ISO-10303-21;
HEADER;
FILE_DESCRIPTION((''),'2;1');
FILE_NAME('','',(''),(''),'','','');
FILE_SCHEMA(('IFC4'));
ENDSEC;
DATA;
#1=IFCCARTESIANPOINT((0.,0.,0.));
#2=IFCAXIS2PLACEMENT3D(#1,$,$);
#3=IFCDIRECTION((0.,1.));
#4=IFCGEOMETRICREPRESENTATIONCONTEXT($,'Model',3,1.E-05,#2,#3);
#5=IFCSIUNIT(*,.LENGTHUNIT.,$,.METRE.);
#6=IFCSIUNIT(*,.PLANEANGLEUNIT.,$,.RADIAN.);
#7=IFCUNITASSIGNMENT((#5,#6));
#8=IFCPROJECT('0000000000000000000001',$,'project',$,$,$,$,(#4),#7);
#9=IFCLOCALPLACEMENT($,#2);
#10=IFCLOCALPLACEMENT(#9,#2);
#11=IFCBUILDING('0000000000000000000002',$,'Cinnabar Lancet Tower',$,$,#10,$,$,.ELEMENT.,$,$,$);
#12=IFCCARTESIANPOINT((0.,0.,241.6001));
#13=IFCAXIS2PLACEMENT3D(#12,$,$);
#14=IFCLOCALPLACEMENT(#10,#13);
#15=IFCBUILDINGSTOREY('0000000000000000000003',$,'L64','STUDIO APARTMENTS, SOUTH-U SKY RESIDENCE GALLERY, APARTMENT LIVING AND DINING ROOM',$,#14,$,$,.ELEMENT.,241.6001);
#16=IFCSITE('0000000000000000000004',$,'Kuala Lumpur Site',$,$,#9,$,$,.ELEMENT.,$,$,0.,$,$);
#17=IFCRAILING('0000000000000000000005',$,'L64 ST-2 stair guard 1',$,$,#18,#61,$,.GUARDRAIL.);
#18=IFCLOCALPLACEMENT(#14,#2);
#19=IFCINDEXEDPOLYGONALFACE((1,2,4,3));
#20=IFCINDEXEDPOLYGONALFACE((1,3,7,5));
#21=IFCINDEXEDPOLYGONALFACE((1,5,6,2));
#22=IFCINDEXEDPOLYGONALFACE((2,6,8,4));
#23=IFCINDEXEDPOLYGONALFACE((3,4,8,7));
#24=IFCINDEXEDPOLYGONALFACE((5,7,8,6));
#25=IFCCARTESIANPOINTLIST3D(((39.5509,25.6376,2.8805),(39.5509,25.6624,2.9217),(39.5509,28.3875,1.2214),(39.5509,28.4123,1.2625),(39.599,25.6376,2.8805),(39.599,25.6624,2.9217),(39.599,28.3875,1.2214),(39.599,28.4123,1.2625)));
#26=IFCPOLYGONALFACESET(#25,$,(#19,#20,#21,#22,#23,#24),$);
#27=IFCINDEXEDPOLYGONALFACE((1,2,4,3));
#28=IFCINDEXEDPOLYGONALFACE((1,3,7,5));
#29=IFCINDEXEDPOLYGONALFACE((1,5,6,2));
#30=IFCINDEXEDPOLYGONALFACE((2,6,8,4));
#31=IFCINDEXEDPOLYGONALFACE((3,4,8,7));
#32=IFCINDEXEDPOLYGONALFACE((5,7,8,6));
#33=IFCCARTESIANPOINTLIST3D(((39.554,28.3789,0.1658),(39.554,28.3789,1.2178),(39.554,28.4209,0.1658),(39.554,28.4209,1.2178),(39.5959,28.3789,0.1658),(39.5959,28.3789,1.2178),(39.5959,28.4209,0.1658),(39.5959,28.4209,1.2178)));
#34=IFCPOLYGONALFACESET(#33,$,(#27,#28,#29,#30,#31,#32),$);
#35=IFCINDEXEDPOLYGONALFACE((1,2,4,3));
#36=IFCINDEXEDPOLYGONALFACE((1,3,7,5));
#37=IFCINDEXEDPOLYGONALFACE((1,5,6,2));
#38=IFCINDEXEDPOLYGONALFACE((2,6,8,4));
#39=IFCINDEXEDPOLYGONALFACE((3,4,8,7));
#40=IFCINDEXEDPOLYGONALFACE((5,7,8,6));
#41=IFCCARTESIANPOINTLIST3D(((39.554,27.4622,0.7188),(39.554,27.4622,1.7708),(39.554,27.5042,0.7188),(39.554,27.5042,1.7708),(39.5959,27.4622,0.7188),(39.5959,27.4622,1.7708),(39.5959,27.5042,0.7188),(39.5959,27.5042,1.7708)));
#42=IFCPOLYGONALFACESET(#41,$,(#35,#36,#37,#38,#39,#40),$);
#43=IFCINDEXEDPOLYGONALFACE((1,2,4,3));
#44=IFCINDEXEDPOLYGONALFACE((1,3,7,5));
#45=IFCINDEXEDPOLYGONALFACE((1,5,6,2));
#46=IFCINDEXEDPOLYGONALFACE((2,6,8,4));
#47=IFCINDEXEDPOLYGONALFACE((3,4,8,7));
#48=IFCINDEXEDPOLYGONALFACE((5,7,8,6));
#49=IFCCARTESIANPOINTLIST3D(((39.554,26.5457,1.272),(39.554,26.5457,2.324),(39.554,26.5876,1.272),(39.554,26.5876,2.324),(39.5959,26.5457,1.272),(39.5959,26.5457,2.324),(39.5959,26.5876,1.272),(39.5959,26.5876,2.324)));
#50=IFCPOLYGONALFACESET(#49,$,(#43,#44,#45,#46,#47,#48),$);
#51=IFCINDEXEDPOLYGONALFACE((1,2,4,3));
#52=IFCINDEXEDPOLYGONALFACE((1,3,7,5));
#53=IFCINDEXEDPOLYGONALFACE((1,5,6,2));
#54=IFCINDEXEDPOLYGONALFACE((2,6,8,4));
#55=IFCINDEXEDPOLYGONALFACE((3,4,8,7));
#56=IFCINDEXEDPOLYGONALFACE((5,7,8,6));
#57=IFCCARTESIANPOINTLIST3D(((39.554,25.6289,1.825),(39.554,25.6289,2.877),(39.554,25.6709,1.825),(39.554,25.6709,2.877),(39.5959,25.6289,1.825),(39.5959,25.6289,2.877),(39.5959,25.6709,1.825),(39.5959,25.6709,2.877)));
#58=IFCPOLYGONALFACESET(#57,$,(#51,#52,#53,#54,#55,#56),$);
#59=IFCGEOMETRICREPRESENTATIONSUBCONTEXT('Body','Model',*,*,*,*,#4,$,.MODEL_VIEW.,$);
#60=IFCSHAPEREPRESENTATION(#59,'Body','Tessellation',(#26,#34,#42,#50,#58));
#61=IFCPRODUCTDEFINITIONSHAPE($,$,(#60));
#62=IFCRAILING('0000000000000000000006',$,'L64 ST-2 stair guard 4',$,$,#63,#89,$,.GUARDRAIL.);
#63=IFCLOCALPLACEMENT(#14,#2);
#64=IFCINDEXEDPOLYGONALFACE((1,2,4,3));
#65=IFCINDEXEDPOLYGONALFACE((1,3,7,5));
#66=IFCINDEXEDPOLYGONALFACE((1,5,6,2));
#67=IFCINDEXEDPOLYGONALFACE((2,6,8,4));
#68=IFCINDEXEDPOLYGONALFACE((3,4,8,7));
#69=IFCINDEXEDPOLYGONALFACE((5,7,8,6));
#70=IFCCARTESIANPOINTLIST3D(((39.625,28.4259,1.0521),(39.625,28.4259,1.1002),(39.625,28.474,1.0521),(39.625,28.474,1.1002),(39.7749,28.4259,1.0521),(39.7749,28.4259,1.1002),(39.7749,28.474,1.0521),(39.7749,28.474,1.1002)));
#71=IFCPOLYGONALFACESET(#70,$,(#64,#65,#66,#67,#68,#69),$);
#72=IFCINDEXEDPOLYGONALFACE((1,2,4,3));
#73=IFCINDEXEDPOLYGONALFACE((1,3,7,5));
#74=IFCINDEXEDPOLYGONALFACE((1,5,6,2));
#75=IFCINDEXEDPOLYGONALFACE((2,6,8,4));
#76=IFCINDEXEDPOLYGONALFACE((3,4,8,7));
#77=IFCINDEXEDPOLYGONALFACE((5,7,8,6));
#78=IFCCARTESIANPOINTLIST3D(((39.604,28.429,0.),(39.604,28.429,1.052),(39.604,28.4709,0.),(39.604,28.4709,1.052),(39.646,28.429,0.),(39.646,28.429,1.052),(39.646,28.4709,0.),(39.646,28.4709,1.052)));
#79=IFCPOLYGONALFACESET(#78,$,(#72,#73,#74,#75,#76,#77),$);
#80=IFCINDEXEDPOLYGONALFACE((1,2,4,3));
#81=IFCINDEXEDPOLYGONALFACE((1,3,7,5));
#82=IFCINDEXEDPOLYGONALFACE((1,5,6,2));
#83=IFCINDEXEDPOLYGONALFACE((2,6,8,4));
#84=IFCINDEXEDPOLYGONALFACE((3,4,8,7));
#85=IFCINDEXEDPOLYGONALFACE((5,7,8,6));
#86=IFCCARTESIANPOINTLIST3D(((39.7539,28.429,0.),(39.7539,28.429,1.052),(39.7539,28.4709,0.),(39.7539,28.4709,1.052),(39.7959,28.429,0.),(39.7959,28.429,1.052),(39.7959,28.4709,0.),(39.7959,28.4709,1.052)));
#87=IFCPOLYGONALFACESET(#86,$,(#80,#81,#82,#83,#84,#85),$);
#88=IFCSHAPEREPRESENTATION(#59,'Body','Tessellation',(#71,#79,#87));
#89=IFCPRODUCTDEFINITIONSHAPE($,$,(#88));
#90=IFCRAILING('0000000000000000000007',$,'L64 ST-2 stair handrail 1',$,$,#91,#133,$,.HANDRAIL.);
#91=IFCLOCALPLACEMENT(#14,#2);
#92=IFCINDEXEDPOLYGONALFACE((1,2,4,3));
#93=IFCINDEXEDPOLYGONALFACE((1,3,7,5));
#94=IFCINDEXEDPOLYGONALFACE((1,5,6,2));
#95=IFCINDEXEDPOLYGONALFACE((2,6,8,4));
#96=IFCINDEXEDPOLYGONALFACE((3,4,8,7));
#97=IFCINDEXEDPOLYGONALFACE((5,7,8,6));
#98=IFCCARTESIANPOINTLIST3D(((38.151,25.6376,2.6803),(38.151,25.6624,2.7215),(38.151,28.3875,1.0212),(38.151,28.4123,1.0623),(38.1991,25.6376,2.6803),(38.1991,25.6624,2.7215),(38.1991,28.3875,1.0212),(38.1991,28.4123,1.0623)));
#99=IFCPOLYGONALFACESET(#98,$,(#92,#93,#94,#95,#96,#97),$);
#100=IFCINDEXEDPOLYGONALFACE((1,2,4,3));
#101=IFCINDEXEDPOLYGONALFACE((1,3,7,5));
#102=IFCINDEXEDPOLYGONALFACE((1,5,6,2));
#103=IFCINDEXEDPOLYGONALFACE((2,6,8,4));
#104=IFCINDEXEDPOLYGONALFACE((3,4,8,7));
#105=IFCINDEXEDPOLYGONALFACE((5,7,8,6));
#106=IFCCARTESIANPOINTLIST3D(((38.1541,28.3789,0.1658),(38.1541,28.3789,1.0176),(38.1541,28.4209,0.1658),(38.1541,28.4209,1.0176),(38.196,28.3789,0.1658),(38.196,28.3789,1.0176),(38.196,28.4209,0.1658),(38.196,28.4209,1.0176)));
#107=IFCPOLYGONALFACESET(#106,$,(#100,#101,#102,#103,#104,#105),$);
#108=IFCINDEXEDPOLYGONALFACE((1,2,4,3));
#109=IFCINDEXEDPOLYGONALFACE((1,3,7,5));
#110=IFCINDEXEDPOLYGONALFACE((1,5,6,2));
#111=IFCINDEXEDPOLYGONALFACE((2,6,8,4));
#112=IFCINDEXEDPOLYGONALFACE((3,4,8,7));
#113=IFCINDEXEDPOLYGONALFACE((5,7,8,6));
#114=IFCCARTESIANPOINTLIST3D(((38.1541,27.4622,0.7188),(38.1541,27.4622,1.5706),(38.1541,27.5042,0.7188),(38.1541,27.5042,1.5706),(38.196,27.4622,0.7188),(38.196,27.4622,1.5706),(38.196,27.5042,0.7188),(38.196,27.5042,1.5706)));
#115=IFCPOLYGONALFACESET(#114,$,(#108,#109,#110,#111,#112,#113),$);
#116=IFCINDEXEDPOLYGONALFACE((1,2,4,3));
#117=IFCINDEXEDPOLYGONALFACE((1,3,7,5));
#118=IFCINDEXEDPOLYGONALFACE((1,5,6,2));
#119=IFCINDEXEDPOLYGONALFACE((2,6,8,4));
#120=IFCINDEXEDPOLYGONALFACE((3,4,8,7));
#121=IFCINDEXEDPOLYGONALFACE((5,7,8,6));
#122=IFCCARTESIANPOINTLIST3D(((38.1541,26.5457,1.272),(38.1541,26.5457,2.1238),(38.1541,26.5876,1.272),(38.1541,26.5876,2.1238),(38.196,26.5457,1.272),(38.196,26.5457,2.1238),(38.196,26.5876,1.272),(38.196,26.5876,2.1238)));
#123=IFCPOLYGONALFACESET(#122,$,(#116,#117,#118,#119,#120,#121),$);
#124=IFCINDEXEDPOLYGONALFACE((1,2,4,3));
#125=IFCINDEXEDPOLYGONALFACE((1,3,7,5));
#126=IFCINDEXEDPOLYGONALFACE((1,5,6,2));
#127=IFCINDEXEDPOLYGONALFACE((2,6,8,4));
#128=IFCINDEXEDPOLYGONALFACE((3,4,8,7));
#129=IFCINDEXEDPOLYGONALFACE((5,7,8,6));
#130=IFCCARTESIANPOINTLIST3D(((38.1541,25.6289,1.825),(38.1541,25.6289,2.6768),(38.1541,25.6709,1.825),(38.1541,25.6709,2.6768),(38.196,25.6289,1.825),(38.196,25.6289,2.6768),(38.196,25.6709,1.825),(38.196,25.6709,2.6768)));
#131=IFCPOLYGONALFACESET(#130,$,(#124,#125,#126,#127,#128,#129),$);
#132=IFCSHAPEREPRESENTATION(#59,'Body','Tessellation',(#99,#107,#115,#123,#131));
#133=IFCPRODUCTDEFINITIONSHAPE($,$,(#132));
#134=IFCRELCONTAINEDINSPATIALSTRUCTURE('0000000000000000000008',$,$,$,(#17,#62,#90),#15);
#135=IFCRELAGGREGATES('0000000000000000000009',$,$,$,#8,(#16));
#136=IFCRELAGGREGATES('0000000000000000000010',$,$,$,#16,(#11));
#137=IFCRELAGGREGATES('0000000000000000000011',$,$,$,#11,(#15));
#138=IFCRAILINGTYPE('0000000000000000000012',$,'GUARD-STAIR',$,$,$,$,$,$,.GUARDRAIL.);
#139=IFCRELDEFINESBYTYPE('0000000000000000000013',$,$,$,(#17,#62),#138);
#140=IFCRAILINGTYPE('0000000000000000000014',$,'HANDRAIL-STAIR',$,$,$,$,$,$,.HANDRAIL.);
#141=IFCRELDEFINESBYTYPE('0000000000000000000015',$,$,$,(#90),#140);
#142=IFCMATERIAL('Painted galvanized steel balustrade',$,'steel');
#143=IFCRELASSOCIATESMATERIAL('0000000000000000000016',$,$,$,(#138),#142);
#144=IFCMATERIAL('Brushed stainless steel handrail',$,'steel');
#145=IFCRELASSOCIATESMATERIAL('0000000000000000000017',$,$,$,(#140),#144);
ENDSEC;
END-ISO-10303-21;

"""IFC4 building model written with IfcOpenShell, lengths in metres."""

from ifc_helpers import new_model, si_unit, direction, frame, origin, origin_2d, place, context, subcontext, project, spatial, rectangle, extrude, material, type_object, element, save


model = new_model("IFC4")

# Units and contexts
model_context = context("Model", 3, precision=1e-05, world=origin(), true_north=direction((0.0, 1.0)))
body_context = subcontext(model_context, "Body", "Model", "MODEL_VIEW")
ifc_project = project(units=[si_unit("LENGTHUNIT", "METRE"), si_unit("PLANEANGLEUNIT", "RADIAN")], contexts=[model_context])

# Site, building, storey
site_placement = place(None, origin())
site = spatial("IfcSite", under=ifc_project, at=site_placement, Name="Kuala Lumpur Site", CompositionType="ELEMENT", RefElevation=0.0)
building_placement = place(site_placement, origin())
building = spatial("IfcBuilding", under=site, at=building_placement, Name="Cinnabar Lancet Tower", CompositionType="ELEMENT")
storey_placement = place(building_placement, frame((0.0, 0.0, 241.6001)))
storey = spatial("IfcBuildingStorey", under=building, at=storey_placement, Name="L64", Description="STUDIO APARTMENTS, SOUTH-U SKY RESIDENCE GALLERY, APARTMENT LIVING AND DINING ROOM", CompositionType="ELEMENT", Elevation=241.6001)

# Railings
ifc_material_1 = material(Name="Painted galvanized steel balustrade", Category="steel")
railing_type_1 = type_object("IfcRailingType", Name="GUARD-STAIR", PredefinedType="GUARDRAIL", material=ifc_material_1)
railing_1_placement = place(storey_placement, frame((39.575, 28.3999, 0.1658)))
element("IfcRailing", 1, at=railing_1_placement, inside=storey, type_object=railing_type_1, Name="L64 ST-2 stair guard 1", PredefinedType="GUARDRAIL", context=body_context, shape_type="SweptSolid", body=[
    extrude(rectangle(XDim=0.0481, YDim=0.0481, at=origin_2d()), frame((0.0, 0.0, 1.0762), z_axis=(0.0, -0.856229, 0.516596), x_axis=(1.0, 0.0, 0.0)), (0.0, 0.0, 1.0), 3.2117),
    extrude(rectangle(XDim=0.042, YDim=0.042, at=origin_2d()), origin(), (0.0, 0.0, 1.0), 1.052),
    extrude(rectangle(XDim=0.042, YDim=0.042, at=origin_2d()), frame((0.0, -0.9167, 0.553)), (0.0, 0.0, 1.0), 1.052),
    extrude(rectangle(XDim=0.042, YDim=0.042, at=origin_2d()), frame((0.0, -1.8333, 1.1062)), (0.0, 0.0, 1.0), 1.052),
    extrude(rectangle(XDim=0.042, YDim=0.042, at=origin_2d()), frame((0.0, -2.75, 1.6592)), (0.0, 0.0, 1.0), 1.052),
])
railing_2_placement = place(storey_placement, frame((39.625, 28.45, 0.0)))
element("IfcRailing", 2, at=railing_2_placement, inside=storey, type_object=railing_type_1, Name="L64 ST-2 stair guard 4", PredefinedType="GUARDRAIL", context=body_context, shape_type="SweptSolid", body=[
    extrude(rectangle(XDim=0.0481, YDim=0.0481, at=origin_2d()), frame((0.0, 0.0, 1.0762), z_axis=(1.0, 0.0, 0.0), x_axis=(0.0, 1.0, 0.0)), (0.0, 0.0, 1.0), 0.1499),
    extrude(rectangle(XDim=0.042, YDim=0.042, at=origin_2d()), origin(), (0.0, 0.0, 1.0), 1.052),
    extrude(rectangle(XDim=0.042, YDim=0.042, at=origin_2d()), frame((0.1499, 0.0, 0.0)), (0.0, 0.0, 1.0), 1.052),
])
ifc_material_2 = material(Name="Brushed stainless steel handrail", Category="steel")
railing_type_2 = type_object("IfcRailingType", Name="HANDRAIL-STAIR", PredefinedType="HANDRAIL", material=ifc_material_2)
railing_3_placement = place(storey_placement, frame((38.175, 28.3999, 0.1658)))
element("IfcRailing", 3, at=railing_3_placement, inside=storey, type_object=railing_type_2, Name="L64 ST-2 stair handrail 1", PredefinedType="HANDRAIL", context=body_context, shape_type="SweptSolid", body=[
    extrude(rectangle(XDim=0.0481, YDim=0.0481, at=origin_2d()), frame((0.0, 0.0, 0.876), z_axis=(0.0, -0.856229, 0.516596), x_axis=(1.0, 0.0, 0.0)), (0.0, 0.0, 1.0), 3.2117),
    extrude(rectangle(XDim=0.042, YDim=0.042, at=origin_2d()), origin(), (0.0, 0.0, 1.0), 0.8518),
    extrude(rectangle(XDim=0.042, YDim=0.042, at=origin_2d()), frame((0.0, -0.9167, 0.553)), (0.0, 0.0, 1.0), 0.8518),
    extrude(rectangle(XDim=0.042, YDim=0.042, at=origin_2d()), frame((0.0, -1.8333, 1.1062)), (0.0, 0.0, 1.0), 0.8518),
    extrude(rectangle(XDim=0.042, YDim=0.042, at=origin_2d()), frame((0.0, -2.75, 1.6592)), (0.0, 0.0, 1.0), 0.8518),
])

save(model, "model.ifc")
